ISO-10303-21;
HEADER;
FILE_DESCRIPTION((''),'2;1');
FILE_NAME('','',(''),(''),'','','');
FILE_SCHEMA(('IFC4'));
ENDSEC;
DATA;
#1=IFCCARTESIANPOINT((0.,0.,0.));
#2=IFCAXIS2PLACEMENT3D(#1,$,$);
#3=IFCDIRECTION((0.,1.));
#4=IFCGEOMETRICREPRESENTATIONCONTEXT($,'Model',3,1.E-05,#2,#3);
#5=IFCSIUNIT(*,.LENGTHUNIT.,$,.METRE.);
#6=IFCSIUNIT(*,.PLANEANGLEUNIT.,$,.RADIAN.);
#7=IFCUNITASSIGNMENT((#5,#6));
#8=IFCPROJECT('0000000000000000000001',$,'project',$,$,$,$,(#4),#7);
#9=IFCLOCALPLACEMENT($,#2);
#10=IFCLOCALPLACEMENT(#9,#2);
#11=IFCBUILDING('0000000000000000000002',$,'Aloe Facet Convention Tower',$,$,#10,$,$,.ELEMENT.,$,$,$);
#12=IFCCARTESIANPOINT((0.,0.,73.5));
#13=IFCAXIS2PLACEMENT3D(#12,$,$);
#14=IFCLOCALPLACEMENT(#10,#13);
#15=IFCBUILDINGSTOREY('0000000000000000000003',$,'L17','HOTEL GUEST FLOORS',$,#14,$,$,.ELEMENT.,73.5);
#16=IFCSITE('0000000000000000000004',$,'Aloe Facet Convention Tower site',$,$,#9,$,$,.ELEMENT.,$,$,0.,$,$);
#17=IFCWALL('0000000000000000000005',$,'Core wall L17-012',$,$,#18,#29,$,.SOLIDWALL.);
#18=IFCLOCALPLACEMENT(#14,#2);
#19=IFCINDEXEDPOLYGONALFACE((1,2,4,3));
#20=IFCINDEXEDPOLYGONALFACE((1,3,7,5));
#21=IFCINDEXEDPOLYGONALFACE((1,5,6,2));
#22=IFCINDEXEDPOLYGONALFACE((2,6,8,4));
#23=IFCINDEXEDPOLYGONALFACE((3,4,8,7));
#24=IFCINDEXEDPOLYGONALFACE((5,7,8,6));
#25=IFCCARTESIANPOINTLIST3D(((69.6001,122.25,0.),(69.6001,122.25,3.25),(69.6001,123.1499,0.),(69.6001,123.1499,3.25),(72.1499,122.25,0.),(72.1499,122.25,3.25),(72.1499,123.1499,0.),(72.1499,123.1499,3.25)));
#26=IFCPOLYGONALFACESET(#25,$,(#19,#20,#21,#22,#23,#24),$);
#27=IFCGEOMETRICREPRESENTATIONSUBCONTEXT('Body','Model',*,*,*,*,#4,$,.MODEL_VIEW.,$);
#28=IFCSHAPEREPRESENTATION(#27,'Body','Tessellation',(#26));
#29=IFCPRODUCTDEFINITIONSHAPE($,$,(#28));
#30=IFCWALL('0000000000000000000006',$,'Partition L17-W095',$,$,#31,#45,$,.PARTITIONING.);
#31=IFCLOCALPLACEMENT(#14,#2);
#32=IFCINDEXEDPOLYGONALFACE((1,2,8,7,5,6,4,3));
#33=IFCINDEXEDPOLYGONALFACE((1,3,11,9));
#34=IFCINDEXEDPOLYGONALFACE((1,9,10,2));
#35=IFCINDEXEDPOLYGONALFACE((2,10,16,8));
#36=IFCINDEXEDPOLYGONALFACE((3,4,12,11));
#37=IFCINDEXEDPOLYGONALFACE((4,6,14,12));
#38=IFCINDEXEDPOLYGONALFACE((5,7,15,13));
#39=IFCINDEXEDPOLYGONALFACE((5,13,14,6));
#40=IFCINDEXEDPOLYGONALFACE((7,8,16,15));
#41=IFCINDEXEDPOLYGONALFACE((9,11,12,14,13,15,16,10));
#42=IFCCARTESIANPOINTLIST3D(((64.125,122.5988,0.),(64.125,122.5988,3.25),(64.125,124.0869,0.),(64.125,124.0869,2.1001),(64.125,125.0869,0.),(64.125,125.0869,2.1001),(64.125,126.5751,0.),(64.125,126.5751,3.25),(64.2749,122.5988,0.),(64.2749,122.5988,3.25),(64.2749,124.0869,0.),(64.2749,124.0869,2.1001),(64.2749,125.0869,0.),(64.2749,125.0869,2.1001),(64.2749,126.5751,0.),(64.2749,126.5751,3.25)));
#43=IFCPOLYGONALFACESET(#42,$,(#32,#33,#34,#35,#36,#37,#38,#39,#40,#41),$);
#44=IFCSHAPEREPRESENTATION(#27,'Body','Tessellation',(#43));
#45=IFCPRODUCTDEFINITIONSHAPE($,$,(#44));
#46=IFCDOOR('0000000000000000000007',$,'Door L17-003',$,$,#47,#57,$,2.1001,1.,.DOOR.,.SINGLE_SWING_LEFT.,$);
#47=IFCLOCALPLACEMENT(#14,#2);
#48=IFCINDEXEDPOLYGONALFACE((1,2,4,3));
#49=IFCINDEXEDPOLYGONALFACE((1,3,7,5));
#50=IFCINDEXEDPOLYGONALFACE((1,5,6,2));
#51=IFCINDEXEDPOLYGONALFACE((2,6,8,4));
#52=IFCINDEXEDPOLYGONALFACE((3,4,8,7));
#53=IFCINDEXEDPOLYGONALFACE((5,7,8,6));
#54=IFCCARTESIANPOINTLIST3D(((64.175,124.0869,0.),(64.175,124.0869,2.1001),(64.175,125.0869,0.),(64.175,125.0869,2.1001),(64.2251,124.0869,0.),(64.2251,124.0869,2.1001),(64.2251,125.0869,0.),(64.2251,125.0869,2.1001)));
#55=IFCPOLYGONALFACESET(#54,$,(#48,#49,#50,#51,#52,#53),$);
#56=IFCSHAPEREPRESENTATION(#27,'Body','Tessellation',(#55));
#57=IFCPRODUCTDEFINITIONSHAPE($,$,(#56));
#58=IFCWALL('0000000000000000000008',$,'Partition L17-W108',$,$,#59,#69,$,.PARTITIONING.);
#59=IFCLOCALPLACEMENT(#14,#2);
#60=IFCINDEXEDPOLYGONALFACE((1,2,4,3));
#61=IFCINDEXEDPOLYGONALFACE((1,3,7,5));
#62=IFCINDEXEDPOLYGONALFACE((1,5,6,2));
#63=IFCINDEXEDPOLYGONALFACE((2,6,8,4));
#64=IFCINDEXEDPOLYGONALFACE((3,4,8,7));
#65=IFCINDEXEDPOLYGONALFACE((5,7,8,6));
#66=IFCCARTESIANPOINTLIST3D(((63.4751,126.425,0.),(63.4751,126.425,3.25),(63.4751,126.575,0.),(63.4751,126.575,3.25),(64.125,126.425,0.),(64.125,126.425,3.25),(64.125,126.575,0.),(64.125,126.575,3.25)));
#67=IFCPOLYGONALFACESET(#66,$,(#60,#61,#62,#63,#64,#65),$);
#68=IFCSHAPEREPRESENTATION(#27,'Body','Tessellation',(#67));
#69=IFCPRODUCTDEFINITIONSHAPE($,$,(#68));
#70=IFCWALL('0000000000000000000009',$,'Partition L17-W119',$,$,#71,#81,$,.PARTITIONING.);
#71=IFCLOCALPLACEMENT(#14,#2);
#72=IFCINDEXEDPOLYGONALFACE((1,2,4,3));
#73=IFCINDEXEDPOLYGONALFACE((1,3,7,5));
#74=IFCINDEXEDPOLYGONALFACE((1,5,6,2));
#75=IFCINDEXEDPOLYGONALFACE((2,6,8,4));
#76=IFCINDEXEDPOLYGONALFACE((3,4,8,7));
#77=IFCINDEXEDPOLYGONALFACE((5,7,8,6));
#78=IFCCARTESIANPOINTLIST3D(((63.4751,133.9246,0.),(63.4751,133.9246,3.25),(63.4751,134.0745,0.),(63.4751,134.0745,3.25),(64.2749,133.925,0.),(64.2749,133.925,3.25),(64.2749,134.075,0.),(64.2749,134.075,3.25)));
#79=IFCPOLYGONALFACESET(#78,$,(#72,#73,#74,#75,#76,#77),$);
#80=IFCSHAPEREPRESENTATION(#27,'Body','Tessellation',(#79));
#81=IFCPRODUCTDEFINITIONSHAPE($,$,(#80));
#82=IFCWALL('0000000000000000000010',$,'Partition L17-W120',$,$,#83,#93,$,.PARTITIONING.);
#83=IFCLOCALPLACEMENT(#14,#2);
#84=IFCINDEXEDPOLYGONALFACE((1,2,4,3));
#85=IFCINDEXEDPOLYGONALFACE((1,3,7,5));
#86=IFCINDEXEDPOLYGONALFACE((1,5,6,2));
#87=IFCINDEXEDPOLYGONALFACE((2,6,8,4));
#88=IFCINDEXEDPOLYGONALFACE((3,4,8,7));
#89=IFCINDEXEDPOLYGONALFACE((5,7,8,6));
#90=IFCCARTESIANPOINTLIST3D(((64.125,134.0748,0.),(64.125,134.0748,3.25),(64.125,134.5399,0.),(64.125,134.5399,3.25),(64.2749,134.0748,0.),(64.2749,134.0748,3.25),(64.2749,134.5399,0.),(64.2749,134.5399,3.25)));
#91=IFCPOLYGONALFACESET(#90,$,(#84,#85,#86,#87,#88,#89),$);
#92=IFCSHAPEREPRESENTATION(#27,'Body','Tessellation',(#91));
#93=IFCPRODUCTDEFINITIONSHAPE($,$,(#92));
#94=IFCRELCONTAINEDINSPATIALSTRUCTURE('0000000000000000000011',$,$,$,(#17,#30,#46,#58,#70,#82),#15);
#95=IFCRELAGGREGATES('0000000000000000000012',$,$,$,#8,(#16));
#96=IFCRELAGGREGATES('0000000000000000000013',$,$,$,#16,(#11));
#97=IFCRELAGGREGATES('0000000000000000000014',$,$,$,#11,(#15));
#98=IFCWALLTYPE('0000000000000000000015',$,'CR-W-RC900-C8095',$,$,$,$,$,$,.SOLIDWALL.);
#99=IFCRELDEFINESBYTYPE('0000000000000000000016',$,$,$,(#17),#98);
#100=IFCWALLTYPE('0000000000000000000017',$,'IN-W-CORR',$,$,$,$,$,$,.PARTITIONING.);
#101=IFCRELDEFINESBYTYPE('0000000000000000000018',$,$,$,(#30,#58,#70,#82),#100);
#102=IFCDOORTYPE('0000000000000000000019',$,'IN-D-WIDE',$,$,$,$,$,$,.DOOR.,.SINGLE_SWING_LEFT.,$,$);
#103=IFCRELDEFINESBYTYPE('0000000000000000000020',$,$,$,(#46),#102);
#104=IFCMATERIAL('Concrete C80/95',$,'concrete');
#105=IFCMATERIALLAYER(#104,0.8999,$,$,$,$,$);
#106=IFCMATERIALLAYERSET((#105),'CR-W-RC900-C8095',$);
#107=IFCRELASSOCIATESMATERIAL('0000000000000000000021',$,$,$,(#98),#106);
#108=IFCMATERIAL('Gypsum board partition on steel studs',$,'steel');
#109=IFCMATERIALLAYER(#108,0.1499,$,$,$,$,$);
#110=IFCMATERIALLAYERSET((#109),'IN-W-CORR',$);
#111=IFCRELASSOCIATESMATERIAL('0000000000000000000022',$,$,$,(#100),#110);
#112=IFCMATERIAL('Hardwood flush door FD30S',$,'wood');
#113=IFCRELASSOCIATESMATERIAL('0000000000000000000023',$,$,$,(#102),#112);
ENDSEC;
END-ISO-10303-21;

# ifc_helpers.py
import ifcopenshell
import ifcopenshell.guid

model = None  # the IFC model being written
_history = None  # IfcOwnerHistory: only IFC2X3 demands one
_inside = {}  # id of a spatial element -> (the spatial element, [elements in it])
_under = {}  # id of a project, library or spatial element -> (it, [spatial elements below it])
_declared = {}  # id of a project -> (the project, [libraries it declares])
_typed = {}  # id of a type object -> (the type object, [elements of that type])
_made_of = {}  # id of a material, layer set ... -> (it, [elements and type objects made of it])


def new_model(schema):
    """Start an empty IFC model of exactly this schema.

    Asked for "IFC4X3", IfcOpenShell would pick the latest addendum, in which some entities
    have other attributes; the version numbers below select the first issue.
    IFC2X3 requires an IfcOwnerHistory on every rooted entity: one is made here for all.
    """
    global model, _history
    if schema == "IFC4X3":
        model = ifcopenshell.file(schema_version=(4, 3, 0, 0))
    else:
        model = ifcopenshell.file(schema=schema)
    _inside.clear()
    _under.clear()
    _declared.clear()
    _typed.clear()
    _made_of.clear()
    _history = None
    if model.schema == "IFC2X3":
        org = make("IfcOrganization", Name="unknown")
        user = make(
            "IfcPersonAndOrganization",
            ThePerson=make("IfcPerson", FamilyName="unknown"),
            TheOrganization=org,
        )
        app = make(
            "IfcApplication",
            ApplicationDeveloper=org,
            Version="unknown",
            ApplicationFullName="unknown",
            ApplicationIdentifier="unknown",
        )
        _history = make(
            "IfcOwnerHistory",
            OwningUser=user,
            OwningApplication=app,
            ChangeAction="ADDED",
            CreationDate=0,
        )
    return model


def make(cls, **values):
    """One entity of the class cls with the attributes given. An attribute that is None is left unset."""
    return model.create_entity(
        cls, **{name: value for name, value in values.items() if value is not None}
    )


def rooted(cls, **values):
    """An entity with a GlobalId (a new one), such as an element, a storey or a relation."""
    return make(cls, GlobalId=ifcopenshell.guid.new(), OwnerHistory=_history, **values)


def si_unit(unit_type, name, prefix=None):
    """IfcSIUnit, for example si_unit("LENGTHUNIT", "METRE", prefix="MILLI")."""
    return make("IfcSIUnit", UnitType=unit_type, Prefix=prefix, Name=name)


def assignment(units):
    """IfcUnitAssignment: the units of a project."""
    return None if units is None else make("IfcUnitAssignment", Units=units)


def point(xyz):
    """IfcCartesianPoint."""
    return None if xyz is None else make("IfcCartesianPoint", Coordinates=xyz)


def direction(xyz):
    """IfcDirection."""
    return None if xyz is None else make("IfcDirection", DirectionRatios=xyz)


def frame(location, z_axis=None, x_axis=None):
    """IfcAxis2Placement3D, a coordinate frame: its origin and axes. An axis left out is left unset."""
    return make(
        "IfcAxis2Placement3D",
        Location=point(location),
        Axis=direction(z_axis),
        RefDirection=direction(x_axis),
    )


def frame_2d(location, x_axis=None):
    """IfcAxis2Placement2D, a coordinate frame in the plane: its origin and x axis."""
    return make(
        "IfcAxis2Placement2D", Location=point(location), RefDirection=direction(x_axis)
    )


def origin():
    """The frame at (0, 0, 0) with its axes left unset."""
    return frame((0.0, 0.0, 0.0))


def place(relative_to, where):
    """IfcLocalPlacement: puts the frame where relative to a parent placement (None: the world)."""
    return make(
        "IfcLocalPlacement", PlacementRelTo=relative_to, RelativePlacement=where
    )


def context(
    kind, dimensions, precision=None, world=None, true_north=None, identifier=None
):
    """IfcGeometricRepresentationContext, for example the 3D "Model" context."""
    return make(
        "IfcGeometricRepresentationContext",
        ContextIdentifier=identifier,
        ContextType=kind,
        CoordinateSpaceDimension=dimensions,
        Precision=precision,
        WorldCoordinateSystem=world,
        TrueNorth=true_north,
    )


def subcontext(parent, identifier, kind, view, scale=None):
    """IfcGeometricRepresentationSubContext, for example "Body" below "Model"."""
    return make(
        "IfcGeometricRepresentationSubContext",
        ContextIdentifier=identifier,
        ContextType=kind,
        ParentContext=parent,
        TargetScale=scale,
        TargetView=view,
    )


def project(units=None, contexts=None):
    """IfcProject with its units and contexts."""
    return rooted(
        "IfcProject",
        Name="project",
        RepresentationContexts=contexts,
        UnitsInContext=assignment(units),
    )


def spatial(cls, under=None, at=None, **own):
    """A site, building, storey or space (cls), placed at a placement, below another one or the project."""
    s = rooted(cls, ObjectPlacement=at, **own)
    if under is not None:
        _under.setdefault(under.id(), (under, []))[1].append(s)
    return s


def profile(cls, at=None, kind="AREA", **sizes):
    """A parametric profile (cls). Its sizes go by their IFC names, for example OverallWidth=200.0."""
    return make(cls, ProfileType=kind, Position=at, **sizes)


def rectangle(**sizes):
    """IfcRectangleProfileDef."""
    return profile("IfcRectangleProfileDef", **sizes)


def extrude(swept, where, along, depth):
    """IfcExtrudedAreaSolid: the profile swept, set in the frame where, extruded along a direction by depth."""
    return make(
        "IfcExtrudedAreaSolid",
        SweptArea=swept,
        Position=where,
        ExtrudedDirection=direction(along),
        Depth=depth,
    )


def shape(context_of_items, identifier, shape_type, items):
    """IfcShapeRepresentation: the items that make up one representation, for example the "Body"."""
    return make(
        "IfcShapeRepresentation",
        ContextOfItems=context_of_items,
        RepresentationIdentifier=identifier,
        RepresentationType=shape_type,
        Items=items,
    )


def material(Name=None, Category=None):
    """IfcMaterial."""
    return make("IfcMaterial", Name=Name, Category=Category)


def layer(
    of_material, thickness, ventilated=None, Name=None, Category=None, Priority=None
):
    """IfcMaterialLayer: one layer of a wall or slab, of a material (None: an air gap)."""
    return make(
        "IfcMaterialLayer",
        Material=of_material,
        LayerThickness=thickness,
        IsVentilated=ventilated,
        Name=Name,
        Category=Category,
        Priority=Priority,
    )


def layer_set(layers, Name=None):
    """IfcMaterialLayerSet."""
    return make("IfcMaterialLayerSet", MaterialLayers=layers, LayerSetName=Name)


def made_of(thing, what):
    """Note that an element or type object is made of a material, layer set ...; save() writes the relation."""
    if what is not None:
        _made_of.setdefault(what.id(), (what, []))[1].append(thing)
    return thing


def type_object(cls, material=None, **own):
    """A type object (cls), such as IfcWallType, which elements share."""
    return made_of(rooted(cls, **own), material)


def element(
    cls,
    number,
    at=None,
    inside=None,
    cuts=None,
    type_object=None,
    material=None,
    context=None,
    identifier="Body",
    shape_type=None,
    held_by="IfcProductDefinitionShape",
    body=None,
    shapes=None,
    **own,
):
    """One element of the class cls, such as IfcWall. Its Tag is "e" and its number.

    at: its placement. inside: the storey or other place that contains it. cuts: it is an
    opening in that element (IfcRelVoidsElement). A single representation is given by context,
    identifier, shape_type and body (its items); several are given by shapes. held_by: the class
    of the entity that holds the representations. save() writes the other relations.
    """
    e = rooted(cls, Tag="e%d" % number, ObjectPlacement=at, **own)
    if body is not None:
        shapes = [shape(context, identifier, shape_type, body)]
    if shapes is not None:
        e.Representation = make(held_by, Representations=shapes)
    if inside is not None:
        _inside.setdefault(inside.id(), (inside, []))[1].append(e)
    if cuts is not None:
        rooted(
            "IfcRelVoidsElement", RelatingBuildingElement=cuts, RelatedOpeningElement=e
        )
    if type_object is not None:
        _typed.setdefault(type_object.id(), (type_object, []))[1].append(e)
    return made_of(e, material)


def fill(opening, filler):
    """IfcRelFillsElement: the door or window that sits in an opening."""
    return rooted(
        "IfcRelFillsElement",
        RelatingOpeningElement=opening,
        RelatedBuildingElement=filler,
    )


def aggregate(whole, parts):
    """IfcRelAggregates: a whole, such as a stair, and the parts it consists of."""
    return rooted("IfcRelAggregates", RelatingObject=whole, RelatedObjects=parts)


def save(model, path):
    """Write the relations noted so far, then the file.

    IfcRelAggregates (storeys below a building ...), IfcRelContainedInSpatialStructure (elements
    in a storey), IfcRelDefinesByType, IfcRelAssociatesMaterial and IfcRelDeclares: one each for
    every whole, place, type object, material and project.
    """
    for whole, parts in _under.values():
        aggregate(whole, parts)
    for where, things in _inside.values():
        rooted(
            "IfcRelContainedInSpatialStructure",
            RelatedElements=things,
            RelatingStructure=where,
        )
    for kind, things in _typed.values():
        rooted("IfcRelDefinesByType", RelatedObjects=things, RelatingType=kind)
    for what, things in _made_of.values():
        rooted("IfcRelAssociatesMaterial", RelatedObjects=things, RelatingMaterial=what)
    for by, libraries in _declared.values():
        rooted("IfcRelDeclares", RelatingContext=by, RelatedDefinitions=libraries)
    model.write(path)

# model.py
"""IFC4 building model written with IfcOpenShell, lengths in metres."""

from ifc_helpers import new_model, si_unit, direction, frame, frame_2d, origin, place, context, subcontext, project, spatial, rectangle, extrude, material, layer, layer_set, type_object, element, fill, save


model = new_model("IFC4")

# Units and contexts
model_context = context("Model", 3, precision=1e-05, world=origin(), true_north=direction((0.0, 1.0)))
body_context = subcontext(model_context, "Body", "Model", "MODEL_VIEW")
ifc_project = project(units=[si_unit("LENGTHUNIT", "METRE"), si_unit("PLANEANGLEUNIT", "RADIAN")], contexts=[model_context])

# Site, building, storey
site_placement = place(None, origin())
site = spatial("IfcSite", under=ifc_project, at=site_placement, Name="Aloe Facet Convention Tower site", CompositionType="ELEMENT", RefElevation=0.0)
building_placement = place(site_placement, origin())
building = spatial("IfcBuilding", under=site, at=building_placement, Name="Aloe Facet Convention Tower", CompositionType="ELEMENT")
storey_placement = place(building_placement, frame((0.0, 0.0, 73.5)))
storey = spatial("IfcBuildingStorey", under=building, at=storey_placement, Name="L17", Description="HOTEL GUEST FLOORS", CompositionType="ELEMENT", Elevation=73.5)

# Wall
ifc_material_1 = material(Name="Concrete C80/95", Category="concrete")
ifc_layer_1 = layer(ifc_material_1, 0.8999)
ifc_layer_set_1 = layer_set([ifc_layer_1], Name="CR-W-RC900-C8095")
wall_type_1 = type_object("IfcWallType", Name="CR-W-RC900-C8095", PredefinedType="SOLIDWALL", material=ifc_layer_set_1)
wall_1_placement = place(storey_placement, frame((69.6001, 122.7, 0.0), z_axis=(0.0, 0.0, 1.0), x_axis=(1.0, 0.0, 0.0)))
element("IfcWall", 1, at=wall_1_placement, inside=storey, type_object=wall_type_1, Name="Core wall L17-012", PredefinedType="SOLIDWALL", context=body_context, shape_type="SweptSolid", body=[
    extrude(rectangle(XDim=2.5498, YDim=0.8999, at=frame_2d((1.2749, 0.0))), origin(), (0.0, 0.0, 1.0), 3.25),
])

# Wall, opening, door
ifc_material_2 = material(Name="Gypsum board partition on steel studs", Category="steel")
ifc_layer_2 = layer(ifc_material_2, 0.1499)
ifc_layer_set_2 = layer_set([ifc_layer_2], Name="IN-W-CORR")
wall_type_2 = type_object("IfcWallType", Name="IN-W-CORR", PredefinedType="PARTITIONING", material=ifc_layer_set_2)
wall_2_placement = place(storey_placement, frame((64.2, 122.5986, 0.0), z_axis=(0.0, 0.0, 1.0), x_axis=(0.0, 1.0, 0.0)))
wall_2 = element("IfcWall", 2, at=wall_2_placement, inside=storey, type_object=wall_type_2, Name="Partition L17-W095", PredefinedType="PARTITIONING", context=body_context, shape_type="SweptSolid", body=[
    extrude(rectangle(XDim=3.9763, YDim=0.1499, at=frame_2d((1.9883, 0.0))), origin(), (0.0, 0.0, 1.0), 3.25),
])
opening_1_placement = place(wall_2_placement, frame((1.4883, 0.0, 0.0)))
opening_1 = element("IfcOpeningElement", 3, at=opening_1_placement, cuts=wall_2, PredefinedType="OPENING", context=body_context, shape_type="SweptSolid", body=[
    extrude(rectangle(XDim=1.0, YDim=2.1001, at=frame_2d((0.5, 1.05))), frame((0.0, 0.085, 0.0), z_axis=(0.0, -1.0, 0.0), x_axis=(1.0, 0.0, 0.0)), (0.0, 0.0, 1.0), 0.1699),
])
ifc_material_3 = material(Name="Hardwood flush door FD30S", Category="wood")
door_type_1 = type_object("IfcDoorType", Name="IN-D-WIDE", OperationType="SINGLE_SWING_LEFT", PredefinedType="DOOR", material=ifc_material_3)
door_1_placement = place(opening_1_placement, origin())
door_1 = element("IfcDoor", 4, at=door_1_placement, inside=storey, type_object=door_type_1, Name="Door L17-003", OperationType="SINGLE_SWING_LEFT", OverallHeight=2.1001, OverallWidth=1.0, PredefinedType="DOOR", context=body_context, shape_type="SweptSolid", body=[
    extrude(rectangle(XDim=1.0, YDim=2.1001, at=frame_2d((0.5, 1.05))), frame((0.0, 0.0249, 0.0), z_axis=(0.0, -1.0, 0.0), x_axis=(1.0, 0.0, 0.0)), (0.0, 0.0, 1.0), 0.05),
])
fill(opening_1, door_1)

# Walls
wall_3_placement = place(storey_placement, frame((63.4751, 126.5, 0.0), z_axis=(0.0, 0.0, 1.0), x_axis=(1.0, 0.0, 0.0)))
element("IfcWall", 5, at=wall_3_placement, inside=storey, type_object=wall_type_2, Name="Partition L17-W108", PredefinedType="PARTITIONING", context=body_context, shape_type="SweptSolid", body=[
    extrude(rectangle(XDim=0.6499, YDim=0.1499, at=frame_2d((0.325, 0.0))), origin(), (0.0, 0.0, 1.0), 3.25),
])
wall_4_placement = place(storey_placement, frame((63.4751, 133.9995, 0.0), z_axis=(0.0, 0.0, 1.0), x_axis=(1.0, 0.000611, 0.0)))
element("IfcWall", 6, at=wall_4_placement, inside=storey, type_object=wall_type_2, Name="Partition L17-W119", PredefinedType="PARTITIONING", context=body_context, shape_type="SweptSolid", body=[
    extrude(rectangle(XDim=0.7998, YDim=0.1499, at=frame_2d((0.3999, 0.0))), origin(), (0.0, 0.0, 1.0), 3.25),
])
wall_5_placement = place(storey_placement, frame((64.2, 134.075, 0.0), z_axis=(0.0, 0.0, 1.0), x_axis=(0.0, 1.0, 0.0)))
element("IfcWall", 7, at=wall_5_placement, inside=storey, type_object=wall_type_2, Name="Partition L17-W120", PredefinedType="PARTITIONING", context=body_context, shape_type="SweptSolid", body=[
    extrude(rectangle(XDim=0.4651, YDim=0.1499, at=frame_2d((0.2324, 0.0))), origin(), (0.0, 0.0, 1.0), 3.25),
])

save(model, "model.ifc")
